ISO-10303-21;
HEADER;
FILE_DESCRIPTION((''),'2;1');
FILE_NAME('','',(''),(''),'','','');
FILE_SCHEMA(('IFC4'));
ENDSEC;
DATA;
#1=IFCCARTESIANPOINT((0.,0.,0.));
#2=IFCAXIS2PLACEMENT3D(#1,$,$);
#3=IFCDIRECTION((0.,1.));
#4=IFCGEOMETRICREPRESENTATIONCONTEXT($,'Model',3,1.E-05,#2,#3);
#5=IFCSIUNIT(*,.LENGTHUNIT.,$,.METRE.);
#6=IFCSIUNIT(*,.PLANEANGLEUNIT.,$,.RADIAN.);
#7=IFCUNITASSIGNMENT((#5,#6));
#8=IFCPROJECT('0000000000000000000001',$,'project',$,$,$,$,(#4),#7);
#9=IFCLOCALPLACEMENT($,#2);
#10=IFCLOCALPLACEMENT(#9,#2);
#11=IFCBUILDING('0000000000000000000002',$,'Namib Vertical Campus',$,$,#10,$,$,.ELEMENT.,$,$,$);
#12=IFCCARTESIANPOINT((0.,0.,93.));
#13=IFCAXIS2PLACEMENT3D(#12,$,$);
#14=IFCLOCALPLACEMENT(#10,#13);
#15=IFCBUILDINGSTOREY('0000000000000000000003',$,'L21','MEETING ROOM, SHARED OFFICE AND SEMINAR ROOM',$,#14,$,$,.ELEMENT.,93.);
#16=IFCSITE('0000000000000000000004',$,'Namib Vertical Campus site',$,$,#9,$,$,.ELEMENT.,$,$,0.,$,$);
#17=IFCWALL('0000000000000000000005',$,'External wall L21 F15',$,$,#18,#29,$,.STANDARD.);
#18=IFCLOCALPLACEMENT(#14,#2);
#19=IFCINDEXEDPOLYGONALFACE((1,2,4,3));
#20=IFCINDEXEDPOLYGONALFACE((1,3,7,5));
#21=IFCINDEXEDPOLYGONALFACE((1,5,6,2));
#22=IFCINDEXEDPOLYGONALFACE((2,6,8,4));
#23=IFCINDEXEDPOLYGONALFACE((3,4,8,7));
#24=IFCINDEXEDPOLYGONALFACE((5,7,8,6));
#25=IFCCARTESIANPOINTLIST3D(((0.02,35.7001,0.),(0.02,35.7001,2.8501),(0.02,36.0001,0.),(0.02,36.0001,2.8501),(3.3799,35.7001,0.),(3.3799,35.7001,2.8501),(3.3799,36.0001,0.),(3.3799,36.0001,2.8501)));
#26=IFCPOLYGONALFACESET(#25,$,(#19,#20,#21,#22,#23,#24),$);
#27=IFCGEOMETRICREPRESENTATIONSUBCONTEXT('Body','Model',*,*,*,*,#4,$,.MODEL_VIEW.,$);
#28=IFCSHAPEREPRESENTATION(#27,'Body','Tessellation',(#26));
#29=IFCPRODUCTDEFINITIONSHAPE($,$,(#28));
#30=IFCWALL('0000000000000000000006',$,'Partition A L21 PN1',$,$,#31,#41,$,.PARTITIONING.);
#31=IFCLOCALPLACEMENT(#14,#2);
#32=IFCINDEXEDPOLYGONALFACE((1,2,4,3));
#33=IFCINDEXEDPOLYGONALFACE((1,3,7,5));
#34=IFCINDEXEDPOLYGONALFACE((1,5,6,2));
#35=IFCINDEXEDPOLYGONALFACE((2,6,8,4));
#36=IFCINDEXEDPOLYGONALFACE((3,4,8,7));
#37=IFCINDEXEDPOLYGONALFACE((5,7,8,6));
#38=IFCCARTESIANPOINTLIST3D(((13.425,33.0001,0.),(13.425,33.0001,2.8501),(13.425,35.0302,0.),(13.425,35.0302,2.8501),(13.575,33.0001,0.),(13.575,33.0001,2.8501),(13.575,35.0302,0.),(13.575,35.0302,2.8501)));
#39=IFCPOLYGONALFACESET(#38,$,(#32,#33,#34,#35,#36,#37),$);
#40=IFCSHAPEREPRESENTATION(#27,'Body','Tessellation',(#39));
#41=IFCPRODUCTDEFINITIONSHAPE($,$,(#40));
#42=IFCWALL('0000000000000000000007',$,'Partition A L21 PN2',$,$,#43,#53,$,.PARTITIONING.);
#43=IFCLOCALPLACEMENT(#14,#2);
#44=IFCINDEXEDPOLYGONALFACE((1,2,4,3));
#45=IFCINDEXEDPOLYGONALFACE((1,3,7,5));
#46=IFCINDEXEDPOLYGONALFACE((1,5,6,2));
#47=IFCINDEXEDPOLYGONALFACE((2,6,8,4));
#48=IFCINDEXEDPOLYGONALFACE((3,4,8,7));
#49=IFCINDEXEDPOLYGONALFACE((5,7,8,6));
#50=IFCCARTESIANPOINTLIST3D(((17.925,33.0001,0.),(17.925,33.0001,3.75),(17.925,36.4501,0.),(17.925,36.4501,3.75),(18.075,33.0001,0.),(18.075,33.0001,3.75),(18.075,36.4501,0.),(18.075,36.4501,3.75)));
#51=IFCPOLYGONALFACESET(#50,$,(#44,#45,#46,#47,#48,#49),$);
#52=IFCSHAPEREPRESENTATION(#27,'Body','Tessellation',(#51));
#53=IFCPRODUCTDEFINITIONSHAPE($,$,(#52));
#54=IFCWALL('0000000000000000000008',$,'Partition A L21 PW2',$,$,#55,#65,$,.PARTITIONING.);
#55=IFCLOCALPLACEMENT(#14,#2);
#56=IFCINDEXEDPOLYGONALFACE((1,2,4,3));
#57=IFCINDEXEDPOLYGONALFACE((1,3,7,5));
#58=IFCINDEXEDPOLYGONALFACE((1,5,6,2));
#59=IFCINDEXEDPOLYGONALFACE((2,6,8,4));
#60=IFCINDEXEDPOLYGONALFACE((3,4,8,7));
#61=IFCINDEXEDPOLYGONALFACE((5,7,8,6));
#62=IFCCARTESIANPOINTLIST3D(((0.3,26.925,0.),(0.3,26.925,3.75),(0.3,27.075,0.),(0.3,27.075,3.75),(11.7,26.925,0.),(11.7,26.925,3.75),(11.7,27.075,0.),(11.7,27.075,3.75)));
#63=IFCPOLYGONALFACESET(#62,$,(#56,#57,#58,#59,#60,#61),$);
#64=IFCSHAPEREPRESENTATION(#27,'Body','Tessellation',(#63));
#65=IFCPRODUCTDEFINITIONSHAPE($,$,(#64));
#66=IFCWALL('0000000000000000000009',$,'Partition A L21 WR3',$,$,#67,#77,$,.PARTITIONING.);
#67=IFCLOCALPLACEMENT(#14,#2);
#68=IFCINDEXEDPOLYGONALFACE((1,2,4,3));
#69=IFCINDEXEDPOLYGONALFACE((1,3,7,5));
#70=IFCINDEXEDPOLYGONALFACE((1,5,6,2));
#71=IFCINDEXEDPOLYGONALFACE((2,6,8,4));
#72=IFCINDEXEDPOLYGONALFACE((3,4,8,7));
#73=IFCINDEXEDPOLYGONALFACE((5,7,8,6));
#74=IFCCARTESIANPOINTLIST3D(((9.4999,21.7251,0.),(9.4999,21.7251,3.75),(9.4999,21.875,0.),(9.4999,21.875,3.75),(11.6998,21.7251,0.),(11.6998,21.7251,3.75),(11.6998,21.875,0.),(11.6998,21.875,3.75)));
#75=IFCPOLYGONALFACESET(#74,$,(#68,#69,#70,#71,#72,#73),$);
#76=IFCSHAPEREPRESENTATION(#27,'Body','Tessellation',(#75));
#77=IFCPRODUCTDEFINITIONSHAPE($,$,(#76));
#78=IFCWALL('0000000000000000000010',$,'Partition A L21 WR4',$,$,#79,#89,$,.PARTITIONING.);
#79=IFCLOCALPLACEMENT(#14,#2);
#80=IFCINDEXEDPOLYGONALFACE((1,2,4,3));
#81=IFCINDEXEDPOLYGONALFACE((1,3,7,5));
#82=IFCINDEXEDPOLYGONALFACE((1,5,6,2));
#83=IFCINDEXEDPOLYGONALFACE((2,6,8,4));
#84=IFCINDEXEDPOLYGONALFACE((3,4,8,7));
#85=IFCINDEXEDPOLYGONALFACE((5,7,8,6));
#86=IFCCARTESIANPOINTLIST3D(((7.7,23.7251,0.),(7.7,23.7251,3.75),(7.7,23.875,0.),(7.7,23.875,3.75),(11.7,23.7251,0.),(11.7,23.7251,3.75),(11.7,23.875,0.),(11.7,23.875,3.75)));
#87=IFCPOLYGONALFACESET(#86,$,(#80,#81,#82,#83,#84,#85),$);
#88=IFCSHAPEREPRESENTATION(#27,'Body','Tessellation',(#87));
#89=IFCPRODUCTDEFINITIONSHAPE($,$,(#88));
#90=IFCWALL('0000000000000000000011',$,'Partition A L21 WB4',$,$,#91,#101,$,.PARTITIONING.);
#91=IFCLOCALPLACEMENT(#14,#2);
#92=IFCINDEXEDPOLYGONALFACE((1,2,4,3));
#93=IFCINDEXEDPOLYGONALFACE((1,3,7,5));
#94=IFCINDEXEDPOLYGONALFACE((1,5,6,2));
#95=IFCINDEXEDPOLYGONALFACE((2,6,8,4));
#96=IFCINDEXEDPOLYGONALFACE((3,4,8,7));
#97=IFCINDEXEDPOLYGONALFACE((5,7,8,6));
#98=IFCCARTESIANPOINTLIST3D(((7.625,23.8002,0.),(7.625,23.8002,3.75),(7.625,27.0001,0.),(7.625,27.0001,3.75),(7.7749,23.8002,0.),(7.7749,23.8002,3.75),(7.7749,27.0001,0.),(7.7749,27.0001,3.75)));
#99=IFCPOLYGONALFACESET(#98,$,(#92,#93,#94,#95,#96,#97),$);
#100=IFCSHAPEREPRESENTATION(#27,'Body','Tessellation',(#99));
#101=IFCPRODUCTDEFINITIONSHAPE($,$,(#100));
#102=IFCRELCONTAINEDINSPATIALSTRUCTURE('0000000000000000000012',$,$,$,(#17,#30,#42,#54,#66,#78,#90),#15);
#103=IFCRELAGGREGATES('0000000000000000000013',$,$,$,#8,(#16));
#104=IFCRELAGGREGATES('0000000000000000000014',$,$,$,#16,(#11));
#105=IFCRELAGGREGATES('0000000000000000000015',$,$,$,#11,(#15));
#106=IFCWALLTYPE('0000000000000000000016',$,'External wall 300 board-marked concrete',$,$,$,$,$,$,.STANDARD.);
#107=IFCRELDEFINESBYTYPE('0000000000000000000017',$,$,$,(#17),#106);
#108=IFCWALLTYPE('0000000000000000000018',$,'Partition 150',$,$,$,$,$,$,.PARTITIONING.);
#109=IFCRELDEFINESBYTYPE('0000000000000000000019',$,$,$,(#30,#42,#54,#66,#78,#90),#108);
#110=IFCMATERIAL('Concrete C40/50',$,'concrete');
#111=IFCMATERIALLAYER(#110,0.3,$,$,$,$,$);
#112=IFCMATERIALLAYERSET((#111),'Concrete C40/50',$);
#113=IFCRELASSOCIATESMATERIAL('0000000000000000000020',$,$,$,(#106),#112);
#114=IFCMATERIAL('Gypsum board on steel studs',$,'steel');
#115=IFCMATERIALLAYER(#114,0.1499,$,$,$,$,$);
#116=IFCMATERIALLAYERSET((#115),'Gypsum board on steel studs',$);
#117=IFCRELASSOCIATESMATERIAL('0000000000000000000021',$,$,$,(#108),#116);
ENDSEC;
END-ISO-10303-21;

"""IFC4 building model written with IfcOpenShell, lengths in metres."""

from ifc_helpers import new_model, si_unit, direction, frame, frame_2d, origin, place, context, subcontext, project, spatial, rectangle, extrude, material, layer, layer_set, type_object, element, save


model = new_model("IFC4")

# Units and contexts
model_context = context("Model", 3, precision=1e-05, world=origin(), true_north=direction((0.0, 1.0)))
body_context = subcontext(model_context, "Body", "Model", "MODEL_VIEW")
ifc_project = project(units=[si_unit("LENGTHUNIT", "METRE"), si_unit("PLANEANGLEUNIT", "RADIAN")], contexts=[model_context])

# Site, building, storey
site_placement = place(None, origin())
site = spatial("IfcSite", under=ifc_project, at=site_placement, Name="Namib Vertical Campus site", CompositionType="ELEMENT", RefElevation=0.0)
building_placement = place(site_placement, origin())
building = spatial("IfcBuilding", under=site, at=building_placement, Name="Namib Vertical Campus", CompositionType="ELEMENT")
storey_placement = place(building_placement, frame((0.0, 0.0, 93.0)))
storey = spatial("IfcBuildingStorey", under=building, at=storey_placement, Name="L21", Description="MEETING ROOM, SHARED OFFICE AND SEMINAR ROOM", CompositionType="ELEMENT", Elevation=93.0)

# Walls
ifc_material_1 = material(Name="Concrete C40/50", Category="concrete")
ifc_layer_1 = layer(ifc_material_1, 0.3)
ifc_layer_set_1 = layer_set([ifc_layer_1], Name="Concrete C40/50")
wall_type_1 = type_object("IfcWallType", Name="External wall 300 board-marked concrete", PredefinedType="STANDARD", material=ifc_layer_set_1)
wall_1_placement = place(storey_placement, frame((3.3799, 35.8501, 0.0), z_axis=(0.0, 0.0, 1.0), x_axis=(-1.0, 0.0, 0.0)))
element("IfcWall", 1, at=wall_1_placement, inside=storey, type_object=wall_type_1, Name="External wall L21 F15", PredefinedType="STANDARD", context=body_context, shape_type="SweptSolid", body=[
    extrude(rectangle(XDim=3.3599, YDim=0.3, at=frame_2d((1.6799, 0.0))), origin(), (0.0, 0.0, 1.0), 2.8501),
])
ifc_material_2 = material(Name="Gypsum board on steel studs", Category="steel")
ifc_layer_2 = layer(ifc_material_2, 0.1499)
ifc_layer_set_2 = layer_set([ifc_layer_2], Name="Gypsum board on steel studs")
wall_type_2 = type_object("IfcWallType", Name="Partition 150", PredefinedType="PARTITIONING", material=ifc_layer_set_2)
wall_2_placement = place(storey_placement, frame((13.5, 33.0, 0.0), z_axis=(0.0, 0.0, 1.0), x_axis=(0.0, 1.0, 0.0)))
element("IfcWall", 2, at=wall_2_placement, inside=storey, type_object=wall_type_2, Name="Partition A L21 PN1", PredefinedType="PARTITIONING", context=body_context, shape_type="SweptSolid", body=[
    extrude(rectangle(XDim=2.03, YDim=0.1499, at=frame_2d((1.0151, 0.0))), origin(), (0.0, 0.0, 1.0), 2.8501),
])
wall_3_placement = place(storey_placement, frame((18.0, 33.0, 0.0), z_axis=(0.0, 0.0, 1.0), x_axis=(0.0, 1.0, 0.0)))
element("IfcWall", 3, at=wall_3_placement, inside=storey, type_object=wall_type_2, Name="Partition A L21 PN2", PredefinedType="PARTITIONING", context=body_context, shape_type="SweptSolid", body=[
    extrude(rectangle(XDim=3.45, YDim=0.1499, at=frame_2d((1.7251, 0.0))), origin(), (0.0, 0.0, 1.0), 3.75),
])
wall_4_placement = place(storey_placement, frame((0.3, 27.0, 0.0), z_axis=(0.0, 0.0, 1.0), x_axis=(1.0, 0.0, 0.0)))
element("IfcWall", 4, at=wall_4_placement, inside=storey, type_object=wall_type_2, Name="Partition A L21 PW2", PredefinedType="PARTITIONING", context=body_context, shape_type="SweptSolid", body=[
    extrude(rectangle(XDim=11.3999, YDim=0.1499, at=frame_2d((5.7, 0.0))), origin(), (0.0, 0.0, 1.0), 3.75),
])
wall_5_placement = place(storey_placement, frame((11.7, 21.8, 0.0), z_axis=(0.0, 0.0, 1.0), x_axis=(-1.0, 0.0, 0.0)))
element("IfcWall", 5, at=wall_5_placement, inside=storey, type_object=wall_type_2, Name="Partition A L21 WR3", PredefinedType="PARTITIONING", context=body_context, shape_type="SweptSolid", body=[
    extrude(rectangle(XDim=2.2, YDim=0.1499, at=frame_2d((1.1001, 0.0))), origin(), (0.0, 0.0, 1.0), 3.75),
])
wall_6_placement = place(storey_placement, frame((11.7, 23.8, 0.0), z_axis=(0.0, 0.0, 1.0), x_axis=(-1.0, 0.0, 0.0)))
element("IfcWall", 6, at=wall_6_placement, inside=storey, type_object=wall_type_2, Name="Partition A L21 WR4", PredefinedType="PARTITIONING", context=body_context, shape_type="SweptSolid", body=[
    extrude(rectangle(XDim=4.0, YDim=0.1499, at=frame_2d((2.0, 0.0))), origin(), (0.0, 0.0, 1.0), 3.75),
])
wall_7_placement = place(storey_placement, frame((7.7, 23.8, 0.0), z_axis=(0.0, 0.0, 1.0), x_axis=(0.0, 1.0, 0.0)))
element("IfcWall", 7, at=wall_7_placement, inside=storey, type_object=wall_type_2, Name="Partition A L21 WB4", PredefinedType="PARTITIONING", context=body_context, shape_type="SweptSolid", body=[
    extrude(rectangle(XDim=3.2, YDim=0.1499, at=frame_2d((1.6001, 0.0))), origin(), (0.0, 0.0, 1.0), 3.75),
])

save(model, "model.ifc")
